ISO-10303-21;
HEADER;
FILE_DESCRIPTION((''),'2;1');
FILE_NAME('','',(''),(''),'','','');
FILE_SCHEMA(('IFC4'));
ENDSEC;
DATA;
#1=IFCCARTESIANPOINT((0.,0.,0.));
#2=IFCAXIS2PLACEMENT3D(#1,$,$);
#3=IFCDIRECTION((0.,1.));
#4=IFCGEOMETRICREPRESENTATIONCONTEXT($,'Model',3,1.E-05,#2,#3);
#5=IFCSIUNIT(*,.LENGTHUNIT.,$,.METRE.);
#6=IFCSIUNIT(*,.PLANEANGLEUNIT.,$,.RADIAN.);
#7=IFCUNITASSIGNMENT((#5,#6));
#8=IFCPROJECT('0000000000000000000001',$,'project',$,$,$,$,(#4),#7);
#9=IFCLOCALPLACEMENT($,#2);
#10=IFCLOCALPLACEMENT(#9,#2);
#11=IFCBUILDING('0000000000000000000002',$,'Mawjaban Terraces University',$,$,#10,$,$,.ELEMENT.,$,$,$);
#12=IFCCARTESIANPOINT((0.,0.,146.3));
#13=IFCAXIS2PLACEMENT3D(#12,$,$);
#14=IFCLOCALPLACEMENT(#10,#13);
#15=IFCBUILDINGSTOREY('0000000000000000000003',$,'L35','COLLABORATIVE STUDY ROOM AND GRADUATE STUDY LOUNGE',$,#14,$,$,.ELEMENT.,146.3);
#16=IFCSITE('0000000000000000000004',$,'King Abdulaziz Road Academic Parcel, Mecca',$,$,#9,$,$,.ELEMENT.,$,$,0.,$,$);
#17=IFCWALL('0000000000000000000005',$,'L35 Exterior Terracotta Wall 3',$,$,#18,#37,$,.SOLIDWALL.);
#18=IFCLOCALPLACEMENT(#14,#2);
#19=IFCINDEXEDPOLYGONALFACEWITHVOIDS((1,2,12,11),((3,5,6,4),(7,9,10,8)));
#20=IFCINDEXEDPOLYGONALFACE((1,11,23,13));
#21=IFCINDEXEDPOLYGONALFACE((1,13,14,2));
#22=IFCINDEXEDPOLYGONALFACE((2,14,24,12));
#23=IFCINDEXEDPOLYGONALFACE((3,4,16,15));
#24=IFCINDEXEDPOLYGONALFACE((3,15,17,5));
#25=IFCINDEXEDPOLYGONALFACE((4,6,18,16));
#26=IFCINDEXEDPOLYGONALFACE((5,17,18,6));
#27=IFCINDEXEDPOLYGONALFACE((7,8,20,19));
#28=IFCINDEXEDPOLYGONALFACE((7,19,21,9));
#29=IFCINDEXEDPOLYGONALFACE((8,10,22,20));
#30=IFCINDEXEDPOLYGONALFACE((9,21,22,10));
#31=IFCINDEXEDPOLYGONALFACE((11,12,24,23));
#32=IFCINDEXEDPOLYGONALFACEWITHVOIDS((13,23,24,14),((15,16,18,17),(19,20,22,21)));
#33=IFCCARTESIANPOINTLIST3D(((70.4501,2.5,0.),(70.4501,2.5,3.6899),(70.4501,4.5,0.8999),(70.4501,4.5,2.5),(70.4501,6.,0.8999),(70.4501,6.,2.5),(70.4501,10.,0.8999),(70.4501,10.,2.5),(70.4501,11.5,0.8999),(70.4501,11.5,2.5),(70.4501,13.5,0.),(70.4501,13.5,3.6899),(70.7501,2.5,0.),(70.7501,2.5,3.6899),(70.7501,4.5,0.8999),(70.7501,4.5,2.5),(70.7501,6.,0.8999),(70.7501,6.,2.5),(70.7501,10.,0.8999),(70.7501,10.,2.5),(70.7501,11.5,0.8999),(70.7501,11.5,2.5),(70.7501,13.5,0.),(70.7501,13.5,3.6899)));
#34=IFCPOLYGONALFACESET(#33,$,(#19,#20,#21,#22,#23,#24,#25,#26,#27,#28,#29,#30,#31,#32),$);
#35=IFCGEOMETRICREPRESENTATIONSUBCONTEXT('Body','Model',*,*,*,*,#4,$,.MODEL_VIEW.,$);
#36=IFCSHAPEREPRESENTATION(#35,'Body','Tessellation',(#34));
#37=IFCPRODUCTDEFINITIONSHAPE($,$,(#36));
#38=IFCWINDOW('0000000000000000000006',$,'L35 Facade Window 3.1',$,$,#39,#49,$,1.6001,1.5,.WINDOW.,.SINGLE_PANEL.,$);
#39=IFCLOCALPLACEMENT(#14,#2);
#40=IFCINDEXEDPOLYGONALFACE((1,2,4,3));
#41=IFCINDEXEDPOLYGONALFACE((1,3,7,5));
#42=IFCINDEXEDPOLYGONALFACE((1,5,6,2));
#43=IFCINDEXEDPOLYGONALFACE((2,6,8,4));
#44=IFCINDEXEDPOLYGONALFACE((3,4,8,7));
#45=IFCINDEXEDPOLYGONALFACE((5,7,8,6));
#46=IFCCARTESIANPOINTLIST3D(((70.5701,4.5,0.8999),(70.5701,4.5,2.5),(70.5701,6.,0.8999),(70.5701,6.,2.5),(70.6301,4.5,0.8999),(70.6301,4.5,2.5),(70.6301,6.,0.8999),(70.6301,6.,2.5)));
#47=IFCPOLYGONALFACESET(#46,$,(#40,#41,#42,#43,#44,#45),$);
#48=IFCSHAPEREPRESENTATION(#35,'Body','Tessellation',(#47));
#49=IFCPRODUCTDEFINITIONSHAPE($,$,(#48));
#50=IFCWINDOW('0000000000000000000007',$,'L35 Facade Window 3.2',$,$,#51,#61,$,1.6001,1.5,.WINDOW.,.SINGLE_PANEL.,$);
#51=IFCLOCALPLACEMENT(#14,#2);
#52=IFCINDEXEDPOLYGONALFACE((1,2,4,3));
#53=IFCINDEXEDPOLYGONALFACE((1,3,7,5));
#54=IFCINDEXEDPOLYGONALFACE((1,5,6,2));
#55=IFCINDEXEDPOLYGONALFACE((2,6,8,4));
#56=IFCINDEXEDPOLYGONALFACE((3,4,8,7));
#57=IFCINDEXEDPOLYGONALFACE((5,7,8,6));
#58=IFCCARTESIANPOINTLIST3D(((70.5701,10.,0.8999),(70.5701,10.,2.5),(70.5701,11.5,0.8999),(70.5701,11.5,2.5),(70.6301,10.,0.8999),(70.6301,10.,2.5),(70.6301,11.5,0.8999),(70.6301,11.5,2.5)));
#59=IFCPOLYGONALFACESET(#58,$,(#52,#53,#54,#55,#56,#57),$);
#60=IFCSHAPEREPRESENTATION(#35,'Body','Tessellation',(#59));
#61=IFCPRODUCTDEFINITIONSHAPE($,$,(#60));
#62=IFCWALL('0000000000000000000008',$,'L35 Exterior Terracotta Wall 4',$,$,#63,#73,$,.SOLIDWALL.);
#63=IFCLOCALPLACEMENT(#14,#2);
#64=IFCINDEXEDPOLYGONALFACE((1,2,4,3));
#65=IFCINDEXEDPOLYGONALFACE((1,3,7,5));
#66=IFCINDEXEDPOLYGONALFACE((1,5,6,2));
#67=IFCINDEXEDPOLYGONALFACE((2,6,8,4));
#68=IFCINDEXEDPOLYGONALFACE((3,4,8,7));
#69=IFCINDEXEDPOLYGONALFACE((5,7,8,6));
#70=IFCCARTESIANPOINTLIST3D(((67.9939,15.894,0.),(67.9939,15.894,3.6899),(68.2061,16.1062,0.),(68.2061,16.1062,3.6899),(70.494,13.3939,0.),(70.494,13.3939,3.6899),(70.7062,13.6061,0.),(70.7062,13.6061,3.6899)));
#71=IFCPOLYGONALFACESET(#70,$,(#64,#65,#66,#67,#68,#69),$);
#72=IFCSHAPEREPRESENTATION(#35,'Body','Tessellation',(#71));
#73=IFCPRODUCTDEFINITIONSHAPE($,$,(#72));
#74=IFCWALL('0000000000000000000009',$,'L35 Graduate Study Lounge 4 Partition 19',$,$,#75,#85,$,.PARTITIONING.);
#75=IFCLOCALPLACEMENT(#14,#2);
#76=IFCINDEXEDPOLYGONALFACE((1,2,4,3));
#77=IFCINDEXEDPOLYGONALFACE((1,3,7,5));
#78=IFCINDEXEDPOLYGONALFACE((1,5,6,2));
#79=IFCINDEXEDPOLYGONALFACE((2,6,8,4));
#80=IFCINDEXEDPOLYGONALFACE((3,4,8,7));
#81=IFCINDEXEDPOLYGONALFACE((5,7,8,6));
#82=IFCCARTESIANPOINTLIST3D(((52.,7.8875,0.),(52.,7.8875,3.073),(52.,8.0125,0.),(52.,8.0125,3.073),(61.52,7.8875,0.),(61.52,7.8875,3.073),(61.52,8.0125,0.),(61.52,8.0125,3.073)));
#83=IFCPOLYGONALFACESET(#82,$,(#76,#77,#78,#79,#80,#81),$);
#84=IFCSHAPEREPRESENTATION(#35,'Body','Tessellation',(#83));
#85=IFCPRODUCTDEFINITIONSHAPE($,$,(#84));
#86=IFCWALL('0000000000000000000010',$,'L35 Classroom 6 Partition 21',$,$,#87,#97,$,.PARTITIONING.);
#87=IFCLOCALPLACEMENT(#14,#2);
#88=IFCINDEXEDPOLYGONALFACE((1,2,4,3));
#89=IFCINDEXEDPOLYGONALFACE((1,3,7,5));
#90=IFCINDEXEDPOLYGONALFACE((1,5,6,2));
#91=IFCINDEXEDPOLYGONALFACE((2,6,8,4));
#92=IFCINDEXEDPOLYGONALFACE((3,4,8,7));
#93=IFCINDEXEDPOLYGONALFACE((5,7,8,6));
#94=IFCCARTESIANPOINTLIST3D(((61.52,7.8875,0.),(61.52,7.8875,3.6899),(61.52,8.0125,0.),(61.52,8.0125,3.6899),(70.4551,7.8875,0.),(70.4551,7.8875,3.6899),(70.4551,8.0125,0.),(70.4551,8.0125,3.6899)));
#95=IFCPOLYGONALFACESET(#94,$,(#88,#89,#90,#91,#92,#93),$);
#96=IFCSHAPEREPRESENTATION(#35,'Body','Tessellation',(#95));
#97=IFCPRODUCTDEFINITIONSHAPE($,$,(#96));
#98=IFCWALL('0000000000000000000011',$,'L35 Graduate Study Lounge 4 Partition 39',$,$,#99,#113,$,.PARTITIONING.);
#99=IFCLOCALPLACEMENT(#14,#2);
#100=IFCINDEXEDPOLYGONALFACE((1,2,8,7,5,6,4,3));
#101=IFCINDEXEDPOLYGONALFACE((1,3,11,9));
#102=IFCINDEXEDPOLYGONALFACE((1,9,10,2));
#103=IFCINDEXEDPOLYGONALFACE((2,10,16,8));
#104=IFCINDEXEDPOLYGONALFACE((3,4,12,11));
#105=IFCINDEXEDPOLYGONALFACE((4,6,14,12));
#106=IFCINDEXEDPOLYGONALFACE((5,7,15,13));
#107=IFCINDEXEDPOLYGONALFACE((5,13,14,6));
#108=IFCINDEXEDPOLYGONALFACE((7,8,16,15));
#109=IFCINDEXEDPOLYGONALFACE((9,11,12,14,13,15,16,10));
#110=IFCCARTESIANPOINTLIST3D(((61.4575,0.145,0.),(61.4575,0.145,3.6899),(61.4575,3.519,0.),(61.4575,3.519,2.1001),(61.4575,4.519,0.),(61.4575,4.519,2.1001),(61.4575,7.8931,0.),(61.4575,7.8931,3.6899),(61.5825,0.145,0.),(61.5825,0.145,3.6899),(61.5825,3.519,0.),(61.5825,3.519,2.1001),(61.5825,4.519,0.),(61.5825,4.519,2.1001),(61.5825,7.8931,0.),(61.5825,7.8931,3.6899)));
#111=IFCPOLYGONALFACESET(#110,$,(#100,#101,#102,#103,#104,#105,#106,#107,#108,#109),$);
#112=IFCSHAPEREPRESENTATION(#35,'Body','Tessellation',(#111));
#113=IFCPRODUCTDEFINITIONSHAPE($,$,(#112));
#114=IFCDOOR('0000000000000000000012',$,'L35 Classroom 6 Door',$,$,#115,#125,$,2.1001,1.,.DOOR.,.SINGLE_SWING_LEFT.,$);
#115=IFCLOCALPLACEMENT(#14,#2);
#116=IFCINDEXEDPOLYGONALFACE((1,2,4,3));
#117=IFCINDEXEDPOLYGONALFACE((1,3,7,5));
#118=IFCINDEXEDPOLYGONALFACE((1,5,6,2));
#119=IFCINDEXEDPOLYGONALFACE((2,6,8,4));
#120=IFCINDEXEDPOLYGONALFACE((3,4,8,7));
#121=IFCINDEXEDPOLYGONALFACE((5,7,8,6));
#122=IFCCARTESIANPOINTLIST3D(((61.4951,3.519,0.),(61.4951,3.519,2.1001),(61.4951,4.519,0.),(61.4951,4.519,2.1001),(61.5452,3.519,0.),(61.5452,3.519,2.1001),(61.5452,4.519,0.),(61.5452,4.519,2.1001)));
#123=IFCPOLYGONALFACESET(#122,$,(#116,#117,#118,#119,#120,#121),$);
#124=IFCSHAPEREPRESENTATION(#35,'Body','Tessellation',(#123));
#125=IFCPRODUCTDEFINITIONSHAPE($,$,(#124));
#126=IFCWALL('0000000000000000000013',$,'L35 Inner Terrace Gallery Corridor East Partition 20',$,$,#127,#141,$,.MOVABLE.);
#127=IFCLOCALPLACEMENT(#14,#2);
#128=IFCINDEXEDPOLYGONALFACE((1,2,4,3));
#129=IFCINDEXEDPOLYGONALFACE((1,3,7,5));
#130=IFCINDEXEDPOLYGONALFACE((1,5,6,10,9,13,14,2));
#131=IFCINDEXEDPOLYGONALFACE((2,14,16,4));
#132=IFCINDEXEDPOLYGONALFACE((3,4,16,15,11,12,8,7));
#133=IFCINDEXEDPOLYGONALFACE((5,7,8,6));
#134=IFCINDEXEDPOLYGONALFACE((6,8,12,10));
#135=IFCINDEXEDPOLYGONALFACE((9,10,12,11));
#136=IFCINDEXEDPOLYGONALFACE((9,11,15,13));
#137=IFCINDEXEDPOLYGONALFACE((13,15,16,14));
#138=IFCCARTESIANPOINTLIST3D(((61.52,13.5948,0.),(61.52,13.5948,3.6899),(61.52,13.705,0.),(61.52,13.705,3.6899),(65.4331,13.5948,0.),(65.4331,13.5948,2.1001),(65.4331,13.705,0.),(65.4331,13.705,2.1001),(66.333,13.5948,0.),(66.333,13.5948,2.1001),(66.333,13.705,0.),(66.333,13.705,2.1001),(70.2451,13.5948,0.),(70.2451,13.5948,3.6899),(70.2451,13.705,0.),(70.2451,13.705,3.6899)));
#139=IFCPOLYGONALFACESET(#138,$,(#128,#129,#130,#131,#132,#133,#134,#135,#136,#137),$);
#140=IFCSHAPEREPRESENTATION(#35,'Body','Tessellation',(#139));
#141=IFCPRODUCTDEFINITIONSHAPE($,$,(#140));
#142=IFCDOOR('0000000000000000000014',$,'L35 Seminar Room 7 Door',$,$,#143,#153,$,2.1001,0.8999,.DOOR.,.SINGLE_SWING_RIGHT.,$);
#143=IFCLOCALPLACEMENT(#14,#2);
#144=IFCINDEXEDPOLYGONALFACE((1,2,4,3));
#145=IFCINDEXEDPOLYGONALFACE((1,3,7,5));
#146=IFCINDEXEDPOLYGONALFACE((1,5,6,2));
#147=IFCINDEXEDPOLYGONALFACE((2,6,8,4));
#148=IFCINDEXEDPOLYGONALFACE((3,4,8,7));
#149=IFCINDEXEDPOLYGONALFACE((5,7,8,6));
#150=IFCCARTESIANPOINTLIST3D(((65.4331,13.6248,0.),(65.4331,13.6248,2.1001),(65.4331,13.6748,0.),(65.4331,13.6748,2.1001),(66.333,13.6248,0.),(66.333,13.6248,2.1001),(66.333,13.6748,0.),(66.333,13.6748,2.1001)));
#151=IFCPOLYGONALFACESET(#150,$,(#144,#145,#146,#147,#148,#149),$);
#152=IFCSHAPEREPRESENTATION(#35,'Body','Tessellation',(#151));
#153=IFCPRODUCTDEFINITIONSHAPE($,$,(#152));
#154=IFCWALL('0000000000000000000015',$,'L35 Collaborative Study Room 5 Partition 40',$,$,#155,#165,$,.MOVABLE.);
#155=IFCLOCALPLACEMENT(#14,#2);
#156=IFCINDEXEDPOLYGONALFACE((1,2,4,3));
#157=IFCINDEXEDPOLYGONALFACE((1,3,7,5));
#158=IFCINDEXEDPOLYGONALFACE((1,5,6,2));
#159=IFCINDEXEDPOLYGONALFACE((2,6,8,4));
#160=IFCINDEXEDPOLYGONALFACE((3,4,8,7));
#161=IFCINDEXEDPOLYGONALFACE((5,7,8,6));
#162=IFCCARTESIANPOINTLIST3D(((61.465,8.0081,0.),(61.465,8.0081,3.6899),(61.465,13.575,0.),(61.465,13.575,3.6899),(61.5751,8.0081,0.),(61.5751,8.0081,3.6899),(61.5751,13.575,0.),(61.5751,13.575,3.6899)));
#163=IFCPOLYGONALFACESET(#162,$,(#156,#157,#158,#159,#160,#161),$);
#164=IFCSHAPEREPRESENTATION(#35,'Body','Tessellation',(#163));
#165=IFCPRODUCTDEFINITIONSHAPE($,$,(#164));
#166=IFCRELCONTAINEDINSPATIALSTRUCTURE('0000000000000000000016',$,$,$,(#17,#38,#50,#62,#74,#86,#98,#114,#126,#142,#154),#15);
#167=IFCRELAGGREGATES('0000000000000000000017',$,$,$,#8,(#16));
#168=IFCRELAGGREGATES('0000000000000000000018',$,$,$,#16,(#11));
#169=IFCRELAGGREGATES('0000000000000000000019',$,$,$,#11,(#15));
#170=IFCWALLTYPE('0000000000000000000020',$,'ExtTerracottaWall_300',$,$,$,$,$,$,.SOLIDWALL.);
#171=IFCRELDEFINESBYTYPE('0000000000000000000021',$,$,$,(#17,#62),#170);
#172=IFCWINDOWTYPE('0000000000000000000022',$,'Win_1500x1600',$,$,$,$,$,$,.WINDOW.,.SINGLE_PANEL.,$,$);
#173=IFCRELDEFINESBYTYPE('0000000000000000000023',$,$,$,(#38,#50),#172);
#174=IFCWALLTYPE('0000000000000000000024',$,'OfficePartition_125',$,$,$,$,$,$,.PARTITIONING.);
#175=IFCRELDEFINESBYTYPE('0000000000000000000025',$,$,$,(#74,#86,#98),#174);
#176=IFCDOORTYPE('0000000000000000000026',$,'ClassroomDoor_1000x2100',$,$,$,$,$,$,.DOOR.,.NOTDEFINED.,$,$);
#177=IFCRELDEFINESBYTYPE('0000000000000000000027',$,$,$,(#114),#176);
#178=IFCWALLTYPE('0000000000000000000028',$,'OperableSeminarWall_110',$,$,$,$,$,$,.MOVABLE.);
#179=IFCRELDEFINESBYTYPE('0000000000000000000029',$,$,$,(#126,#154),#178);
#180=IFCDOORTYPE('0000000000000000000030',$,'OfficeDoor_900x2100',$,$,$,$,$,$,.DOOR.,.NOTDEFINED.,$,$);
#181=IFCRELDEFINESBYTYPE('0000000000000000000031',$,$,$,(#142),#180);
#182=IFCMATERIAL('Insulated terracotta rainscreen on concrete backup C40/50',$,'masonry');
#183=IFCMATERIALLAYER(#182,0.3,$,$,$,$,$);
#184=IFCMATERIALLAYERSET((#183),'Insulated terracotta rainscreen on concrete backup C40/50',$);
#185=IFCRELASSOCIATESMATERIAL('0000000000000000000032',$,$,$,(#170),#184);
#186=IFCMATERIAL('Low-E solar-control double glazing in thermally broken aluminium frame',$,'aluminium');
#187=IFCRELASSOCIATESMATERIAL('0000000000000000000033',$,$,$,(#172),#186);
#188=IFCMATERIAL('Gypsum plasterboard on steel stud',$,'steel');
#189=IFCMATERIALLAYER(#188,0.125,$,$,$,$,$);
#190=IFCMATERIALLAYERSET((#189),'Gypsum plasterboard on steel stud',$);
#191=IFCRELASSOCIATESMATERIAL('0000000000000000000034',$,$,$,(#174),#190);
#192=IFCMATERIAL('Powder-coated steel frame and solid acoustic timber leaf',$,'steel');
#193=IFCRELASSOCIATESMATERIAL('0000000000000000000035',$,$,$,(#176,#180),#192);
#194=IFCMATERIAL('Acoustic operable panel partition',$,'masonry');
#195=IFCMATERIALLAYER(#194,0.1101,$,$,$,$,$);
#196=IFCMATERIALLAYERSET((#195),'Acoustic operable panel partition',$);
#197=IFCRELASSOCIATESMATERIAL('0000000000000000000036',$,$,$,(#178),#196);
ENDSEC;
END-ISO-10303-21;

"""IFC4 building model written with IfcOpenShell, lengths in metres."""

from ifc_helpers import new_model, si_unit, direction, frame, frame_2d, origin, place, context, subcontext, project, spatial, rectangle, extrude, material, layer, layer_set, type_object, element, fill, save


model = new_model("IFC4")

# Units and contexts
model_context = context("Model", 3, precision=1e-05, world=origin(), true_north=direction((0.0, 1.0)))
body_context = subcontext(model_context, "Body", "Model", "MODEL_VIEW")
ifc_project = project(units=[si_unit("LENGTHUNIT", "METRE"), si_unit("PLANEANGLEUNIT", "RADIAN")], contexts=[model_context])

# Site, building, storey
site_placement = place(None, origin())
site = spatial("IfcSite", under=ifc_project, at=site_placement, Name="King Abdulaziz Road Academic Parcel, Mecca", CompositionType="ELEMENT", RefElevation=0.0)
building_placement = place(site_placement, origin())
building = spatial("IfcBuilding", under=site, at=building_placement, Name="Mawjaban Terraces University", CompositionType="ELEMENT")
storey_placement = place(building_placement, frame((0.0, 0.0, 146.3)))
storey = spatial("IfcBuildingStorey", under=building, at=storey_placement, Name="L35", Description="COLLABORATIVE STUDY ROOM AND GRADUATE STUDY LOUNGE", CompositionType="ELEMENT", Elevation=146.3)

# Shared definitions
ifc_material_1 = material(Name="Insulated terracotta rainscreen on concrete backup C40/50", Category="masonry")
ifc_layer_1 = layer(ifc_material_1, 0.3)
ifc_layer_set_1 = layer_set([ifc_layer_1], Name="Insulated terracotta rainscreen on concrete backup C40/50")
wall_type_1 = type_object("IfcWallType", Name="ExtTerracottaWall_300", PredefinedType="SOLIDWALL", material=ifc_layer_set_1)

# Wall, openings, windows
wall_1_placement = place(storey_placement, frame((70.6001, 2.5, 0.0), z_axis=(0.0, 0.0, 1.0), x_axis=(0.0, 1.0, 0.0)))
wall_1 = element("IfcWall", 1, at=wall_1_placement, inside=storey, type_object=wall_type_1, Name="L35 Exterior Terracotta Wall 3", PredefinedType="SOLIDWALL", context=body_context, shape_type="SweptSolid", body=[
    extrude(rectangle(XDim=11.0, YDim=0.3, at=frame_2d((5.5, 0.0))), origin(), (0.0, 0.0, 1.0), 3.6899),
])
opening_1_placement = place(wall_1_placement, frame((2.0, 0.0, 0.8999)))
opening_1 = element("IfcOpeningElement", 2, at=opening_1_placement, cuts=wall_1, PredefinedType="OPENING", context=body_context, shape_type="SweptSolid", body=[
    extrude(rectangle(XDim=1.5, YDim=1.6001, at=frame_2d((0.75, 0.8))), frame((0.0, 0.1599, 0.0), z_axis=(0.0, -1.0, 0.0), x_axis=(1.0, 0.0, 0.0)), (0.0, 0.0, 1.0), 0.3201),
])
opening_2_placement = place(wall_1_placement, frame((7.5, 0.0, 0.8999)))
opening_2 = element("IfcOpeningElement", 3, at=opening_2_placement, cuts=wall_1, PredefinedType="OPENING", context=body_context, shape_type="SweptSolid", body=[
    extrude(rectangle(XDim=1.5, YDim=1.6001, at=frame_2d((0.75, 0.8))), frame((0.0, 0.1599, 0.0), z_axis=(0.0, -1.0, 0.0), x_axis=(1.0, 0.0, 0.0)), (0.0, 0.0, 1.0), 0.3201),
])
ifc_material_2 = material(Name="Low-E solar-control double glazing in thermally broken aluminium frame", Category="aluminium")
window_type = type_object("IfcWindowType", Name="Win_1500x1600", PartitioningType="SINGLE_PANEL", PredefinedType="WINDOW", material=ifc_material_2)
window_1_placement = place(opening_1_placement, origin())
window_1 = element("IfcWindow", 4, at=window_1_placement, inside=storey, type_object=window_type, Name="L35 Facade Window 3.1", OverallHeight=1.6001, OverallWidth=1.5, PartitioningType="SINGLE_PANEL", PredefinedType="WINDOW", context=body_context, shape_type="SweptSolid", body=[
    extrude(rectangle(XDim=1.5, YDim=1.6001, at=frame_2d((0.75, 0.8))), frame((0.0, 0.03, 0.0), z_axis=(0.0, -1.0, 0.0), x_axis=(1.0, 0.0, 0.0)), (0.0, 0.0, 1.0), 0.0601),
])
fill(opening_1, window_1)
window_2_placement = place(opening_2_placement, origin())
window_2 = element("IfcWindow", 5, at=window_2_placement, inside=storey, type_object=window_type, Name="L35 Facade Window 3.2", OverallHeight=1.6001, OverallWidth=1.5, PartitioningType="SINGLE_PANEL", PredefinedType="WINDOW", context=body_context, shape_type="SweptSolid", body=[
    extrude(rectangle(XDim=1.5, YDim=1.6001, at=frame_2d((0.75, 0.8))), frame((0.0, 0.03, 0.0), z_axis=(0.0, -1.0, 0.0), x_axis=(1.0, 0.0, 0.0)), (0.0, 0.0, 1.0), 0.0601),
])
fill(opening_2, window_2)

# Walls
wall_2_placement = place(storey_placement, frame((70.6001, 13.5, 0.0), z_axis=(0.0, 0.0, 1.0), x_axis=(-0.707107, 0.707107, 0.0)))
element("IfcWall", 6, at=wall_2_placement, inside=storey, type_object=wall_type_1, Name="L35 Exterior Terracotta Wall 4", PredefinedType="SOLIDWALL", context=body_context, shape_type="SweptSolid", body=[
    extrude(rectangle(XDim=3.5356, YDim=0.3, at=frame_2d((1.7678, 0.0))), origin(), (0.0, 0.0, 1.0), 3.6899),
])
ifc_material_3 = material(Name="Gypsum plasterboard on steel stud", Category="steel")
ifc_layer_2 = layer(ifc_material_3, 0.125)
ifc_layer_set_2 = layer_set([ifc_layer_2], Name="Gypsum plasterboard on steel stud")
wall_type_2 = type_object("IfcWallType", Name="OfficePartition_125", PredefinedType="PARTITIONING", material=ifc_layer_set_2)
wall_3_placement = place(storey_placement, frame((61.52, 7.95, 0.0), z_axis=(0.0, 0.0, 1.0), x_axis=(-1.0, 0.0, 0.0)))
element("IfcWall", 7, at=wall_3_placement, inside=storey, type_object=wall_type_2, Name="L35 Graduate Study Lounge 4 Partition 19", PredefinedType="PARTITIONING", context=body_context, shape_type="SweptSolid", body=[
    extrude(rectangle(XDim=9.52, YDim=0.125, at=frame_2d((4.76, 0.0))), origin(), (0.0, 0.0, 1.0), 3.073),
])
wall_4_placement = place(storey_placement, frame((70.4551, 7.95, 0.0), z_axis=(0.0, 0.0, 1.0), x_axis=(-1.0, 0.0, 0.0)))
element("IfcWall", 8, at=wall_4_placement, inside=storey, type_object=wall_type_2, Name="L35 Classroom 6 Partition 21", PredefinedType="PARTITIONING", context=body_context, shape_type="SweptSolid", body=[
    extrude(rectangle(XDim=8.9351, YDim=0.125, at=frame_2d((4.4675, 0.0))), origin(), (0.0, 0.0, 1.0), 3.6899),
])

# Walls, openings, doors
wall_5_placement = place(storey_placement, frame((61.52, 0.145, 0.0), z_axis=(0.0, 0.0, 1.0), x_axis=(0.0, 1.0, 0.0)))
wall_5 = element("IfcWall", 9, at=wall_5_placement, inside=storey, type_object=wall_type_2, Name="L35 Graduate Study Lounge 4 Partition 39", PredefinedType="PARTITIONING", context=body_context, shape_type="SweptSolid", body=[
    extrude(rectangle(XDim=7.748, YDim=0.125, at=frame_2d((3.874, 0.0))), origin(), (0.0, 0.0, 1.0), 3.6899),
])
opening_3_placement = place(wall_5_placement, frame((3.374, 0.0, 0.0)))
opening_3 = element("IfcOpeningElement", 10, at=opening_3_placement, cuts=wall_5, PredefinedType="OPENING", context=body_context, shape_type="SweptSolid", body=[
    extrude(rectangle(XDim=1.0, YDim=2.1001, at=frame_2d((0.5, 1.05))), frame((0.0, 0.0725, 0.0), z_axis=(0.0, -1.0, 0.0), x_axis=(1.0, 0.0, 0.0)), (0.0, 0.0, 1.0), 0.145),
])
ifc_material_4 = material(Name="Powder-coated steel frame and solid acoustic timber leaf", Category="steel")
door_type_1 = type_object("IfcDoorType", Name="ClassroomDoor_1000x2100", OperationType="NOTDEFINED", PredefinedType="DOOR", material=ifc_material_4)
door_1_placement = place(opening_3_placement, origin())
door_1 = element("IfcDoor", 11, at=door_1_placement, inside=storey, type_object=door_type_1, Name="L35 Classroom 6 Door", OperationType="SINGLE_SWING_LEFT", OverallHeight=2.1001, OverallWidth=1.0, PredefinedType="DOOR", context=body_context, shape_type="SweptSolid", body=[
    extrude(rectangle(XDim=1.0, YDim=2.1001, at=frame_2d((0.5, 1.05))), frame((0.0, 0.0249, 0.0), z_axis=(0.0, -1.0, 0.0), x_axis=(1.0, 0.0, 0.0)), (0.0, 0.0, 1.0), 0.05),
])
fill(opening_3, door_1)
ifc_material_5 = material(Name="Acoustic operable panel partition", Category="masonry")
ifc_layer_3 = layer(ifc_material_5, 0.1101)
ifc_layer_set_3 = layer_set([ifc_layer_3], Name="Acoustic operable panel partition")
wall_type_3 = type_object("IfcWallType", Name="OperableSeminarWall_110", PredefinedType="MOVABLE", material=ifc_layer_set_3)
wall_6_placement = place(storey_placement, frame((61.52, 13.6499, 0.0), z_axis=(0.0, 0.0, 1.0), x_axis=(1.0, 0.0, 0.0)))
wall_6 = element("IfcWall", 12, at=wall_6_placement, inside=storey, type_object=wall_type_3, Name="L35 Inner Terrace Gallery Corridor East Partition 20", PredefinedType="MOVABLE", context=body_context, shape_type="SweptSolid", body=[
    extrude(rectangle(XDim=8.7251, YDim=0.1101, at=frame_2d((4.3625, 0.0))), origin(), (0.0, 0.0, 1.0), 3.6899),
])
opening_4_placement = place(wall_6_placement, frame((3.9131, 0.0, 0.0)))
opening_4 = element("IfcOpeningElement", 13, at=opening_4_placement, cuts=wall_6, PredefinedType="OPENING", context=body_context, shape_type="SweptSolid", body=[
    extrude(rectangle(XDim=0.8999, YDim=2.1001, at=frame_2d((0.45, 1.05))), frame((0.0, 0.0649, 0.0), z_axis=(0.0, -1.0, 0.0), x_axis=(1.0, 0.0, 0.0)), (0.0, 0.0, 1.0), 0.1301),
])
door_type_2 = type_object("IfcDoorType", Name="OfficeDoor_900x2100", OperationType="NOTDEFINED", PredefinedType="DOOR", material=ifc_material_4)
door_2_placement = place(opening_4_placement, origin())
door_2 = element("IfcDoor", 14, at=door_2_placement, inside=storey, type_object=door_type_2, Name="L35 Seminar Room 7 Door", OperationType="SINGLE_SWING_RIGHT", OverallHeight=2.1001, OverallWidth=0.8999, PredefinedType="DOOR", context=body_context, shape_type="SweptSolid", body=[
    extrude(rectangle(XDim=0.8999, YDim=2.1001, at=frame_2d((0.45, 1.05))), frame((0.0, 0.0249, 0.0), z_axis=(0.0, -1.0, 0.0), x_axis=(1.0, 0.0, 0.0)), (0.0, 0.0, 1.0), 0.05),
])
fill(opening_4, door_2)

# Wall
wall_7_placement = place(storey_placement, frame((61.52, 8.0081, 0.0), z_axis=(0.0, 0.0, 1.0), x_axis=(0.0, 1.0, 0.0)))
element("IfcWall", 15, at=wall_7_placement, inside=storey, type_object=wall_type_3, Name="L35 Collaborative Study Room 5 Partition 40", PredefinedType="MOVABLE", context=body_context, shape_type="SweptSolid", body=[
    extrude(rectangle(XDim=5.5669, YDim=0.1101, at=frame_2d((2.7834, 0.0))), origin(), (0.0, 0.0, 1.0), 3.6899),
])

save(model, "model.ifc")
